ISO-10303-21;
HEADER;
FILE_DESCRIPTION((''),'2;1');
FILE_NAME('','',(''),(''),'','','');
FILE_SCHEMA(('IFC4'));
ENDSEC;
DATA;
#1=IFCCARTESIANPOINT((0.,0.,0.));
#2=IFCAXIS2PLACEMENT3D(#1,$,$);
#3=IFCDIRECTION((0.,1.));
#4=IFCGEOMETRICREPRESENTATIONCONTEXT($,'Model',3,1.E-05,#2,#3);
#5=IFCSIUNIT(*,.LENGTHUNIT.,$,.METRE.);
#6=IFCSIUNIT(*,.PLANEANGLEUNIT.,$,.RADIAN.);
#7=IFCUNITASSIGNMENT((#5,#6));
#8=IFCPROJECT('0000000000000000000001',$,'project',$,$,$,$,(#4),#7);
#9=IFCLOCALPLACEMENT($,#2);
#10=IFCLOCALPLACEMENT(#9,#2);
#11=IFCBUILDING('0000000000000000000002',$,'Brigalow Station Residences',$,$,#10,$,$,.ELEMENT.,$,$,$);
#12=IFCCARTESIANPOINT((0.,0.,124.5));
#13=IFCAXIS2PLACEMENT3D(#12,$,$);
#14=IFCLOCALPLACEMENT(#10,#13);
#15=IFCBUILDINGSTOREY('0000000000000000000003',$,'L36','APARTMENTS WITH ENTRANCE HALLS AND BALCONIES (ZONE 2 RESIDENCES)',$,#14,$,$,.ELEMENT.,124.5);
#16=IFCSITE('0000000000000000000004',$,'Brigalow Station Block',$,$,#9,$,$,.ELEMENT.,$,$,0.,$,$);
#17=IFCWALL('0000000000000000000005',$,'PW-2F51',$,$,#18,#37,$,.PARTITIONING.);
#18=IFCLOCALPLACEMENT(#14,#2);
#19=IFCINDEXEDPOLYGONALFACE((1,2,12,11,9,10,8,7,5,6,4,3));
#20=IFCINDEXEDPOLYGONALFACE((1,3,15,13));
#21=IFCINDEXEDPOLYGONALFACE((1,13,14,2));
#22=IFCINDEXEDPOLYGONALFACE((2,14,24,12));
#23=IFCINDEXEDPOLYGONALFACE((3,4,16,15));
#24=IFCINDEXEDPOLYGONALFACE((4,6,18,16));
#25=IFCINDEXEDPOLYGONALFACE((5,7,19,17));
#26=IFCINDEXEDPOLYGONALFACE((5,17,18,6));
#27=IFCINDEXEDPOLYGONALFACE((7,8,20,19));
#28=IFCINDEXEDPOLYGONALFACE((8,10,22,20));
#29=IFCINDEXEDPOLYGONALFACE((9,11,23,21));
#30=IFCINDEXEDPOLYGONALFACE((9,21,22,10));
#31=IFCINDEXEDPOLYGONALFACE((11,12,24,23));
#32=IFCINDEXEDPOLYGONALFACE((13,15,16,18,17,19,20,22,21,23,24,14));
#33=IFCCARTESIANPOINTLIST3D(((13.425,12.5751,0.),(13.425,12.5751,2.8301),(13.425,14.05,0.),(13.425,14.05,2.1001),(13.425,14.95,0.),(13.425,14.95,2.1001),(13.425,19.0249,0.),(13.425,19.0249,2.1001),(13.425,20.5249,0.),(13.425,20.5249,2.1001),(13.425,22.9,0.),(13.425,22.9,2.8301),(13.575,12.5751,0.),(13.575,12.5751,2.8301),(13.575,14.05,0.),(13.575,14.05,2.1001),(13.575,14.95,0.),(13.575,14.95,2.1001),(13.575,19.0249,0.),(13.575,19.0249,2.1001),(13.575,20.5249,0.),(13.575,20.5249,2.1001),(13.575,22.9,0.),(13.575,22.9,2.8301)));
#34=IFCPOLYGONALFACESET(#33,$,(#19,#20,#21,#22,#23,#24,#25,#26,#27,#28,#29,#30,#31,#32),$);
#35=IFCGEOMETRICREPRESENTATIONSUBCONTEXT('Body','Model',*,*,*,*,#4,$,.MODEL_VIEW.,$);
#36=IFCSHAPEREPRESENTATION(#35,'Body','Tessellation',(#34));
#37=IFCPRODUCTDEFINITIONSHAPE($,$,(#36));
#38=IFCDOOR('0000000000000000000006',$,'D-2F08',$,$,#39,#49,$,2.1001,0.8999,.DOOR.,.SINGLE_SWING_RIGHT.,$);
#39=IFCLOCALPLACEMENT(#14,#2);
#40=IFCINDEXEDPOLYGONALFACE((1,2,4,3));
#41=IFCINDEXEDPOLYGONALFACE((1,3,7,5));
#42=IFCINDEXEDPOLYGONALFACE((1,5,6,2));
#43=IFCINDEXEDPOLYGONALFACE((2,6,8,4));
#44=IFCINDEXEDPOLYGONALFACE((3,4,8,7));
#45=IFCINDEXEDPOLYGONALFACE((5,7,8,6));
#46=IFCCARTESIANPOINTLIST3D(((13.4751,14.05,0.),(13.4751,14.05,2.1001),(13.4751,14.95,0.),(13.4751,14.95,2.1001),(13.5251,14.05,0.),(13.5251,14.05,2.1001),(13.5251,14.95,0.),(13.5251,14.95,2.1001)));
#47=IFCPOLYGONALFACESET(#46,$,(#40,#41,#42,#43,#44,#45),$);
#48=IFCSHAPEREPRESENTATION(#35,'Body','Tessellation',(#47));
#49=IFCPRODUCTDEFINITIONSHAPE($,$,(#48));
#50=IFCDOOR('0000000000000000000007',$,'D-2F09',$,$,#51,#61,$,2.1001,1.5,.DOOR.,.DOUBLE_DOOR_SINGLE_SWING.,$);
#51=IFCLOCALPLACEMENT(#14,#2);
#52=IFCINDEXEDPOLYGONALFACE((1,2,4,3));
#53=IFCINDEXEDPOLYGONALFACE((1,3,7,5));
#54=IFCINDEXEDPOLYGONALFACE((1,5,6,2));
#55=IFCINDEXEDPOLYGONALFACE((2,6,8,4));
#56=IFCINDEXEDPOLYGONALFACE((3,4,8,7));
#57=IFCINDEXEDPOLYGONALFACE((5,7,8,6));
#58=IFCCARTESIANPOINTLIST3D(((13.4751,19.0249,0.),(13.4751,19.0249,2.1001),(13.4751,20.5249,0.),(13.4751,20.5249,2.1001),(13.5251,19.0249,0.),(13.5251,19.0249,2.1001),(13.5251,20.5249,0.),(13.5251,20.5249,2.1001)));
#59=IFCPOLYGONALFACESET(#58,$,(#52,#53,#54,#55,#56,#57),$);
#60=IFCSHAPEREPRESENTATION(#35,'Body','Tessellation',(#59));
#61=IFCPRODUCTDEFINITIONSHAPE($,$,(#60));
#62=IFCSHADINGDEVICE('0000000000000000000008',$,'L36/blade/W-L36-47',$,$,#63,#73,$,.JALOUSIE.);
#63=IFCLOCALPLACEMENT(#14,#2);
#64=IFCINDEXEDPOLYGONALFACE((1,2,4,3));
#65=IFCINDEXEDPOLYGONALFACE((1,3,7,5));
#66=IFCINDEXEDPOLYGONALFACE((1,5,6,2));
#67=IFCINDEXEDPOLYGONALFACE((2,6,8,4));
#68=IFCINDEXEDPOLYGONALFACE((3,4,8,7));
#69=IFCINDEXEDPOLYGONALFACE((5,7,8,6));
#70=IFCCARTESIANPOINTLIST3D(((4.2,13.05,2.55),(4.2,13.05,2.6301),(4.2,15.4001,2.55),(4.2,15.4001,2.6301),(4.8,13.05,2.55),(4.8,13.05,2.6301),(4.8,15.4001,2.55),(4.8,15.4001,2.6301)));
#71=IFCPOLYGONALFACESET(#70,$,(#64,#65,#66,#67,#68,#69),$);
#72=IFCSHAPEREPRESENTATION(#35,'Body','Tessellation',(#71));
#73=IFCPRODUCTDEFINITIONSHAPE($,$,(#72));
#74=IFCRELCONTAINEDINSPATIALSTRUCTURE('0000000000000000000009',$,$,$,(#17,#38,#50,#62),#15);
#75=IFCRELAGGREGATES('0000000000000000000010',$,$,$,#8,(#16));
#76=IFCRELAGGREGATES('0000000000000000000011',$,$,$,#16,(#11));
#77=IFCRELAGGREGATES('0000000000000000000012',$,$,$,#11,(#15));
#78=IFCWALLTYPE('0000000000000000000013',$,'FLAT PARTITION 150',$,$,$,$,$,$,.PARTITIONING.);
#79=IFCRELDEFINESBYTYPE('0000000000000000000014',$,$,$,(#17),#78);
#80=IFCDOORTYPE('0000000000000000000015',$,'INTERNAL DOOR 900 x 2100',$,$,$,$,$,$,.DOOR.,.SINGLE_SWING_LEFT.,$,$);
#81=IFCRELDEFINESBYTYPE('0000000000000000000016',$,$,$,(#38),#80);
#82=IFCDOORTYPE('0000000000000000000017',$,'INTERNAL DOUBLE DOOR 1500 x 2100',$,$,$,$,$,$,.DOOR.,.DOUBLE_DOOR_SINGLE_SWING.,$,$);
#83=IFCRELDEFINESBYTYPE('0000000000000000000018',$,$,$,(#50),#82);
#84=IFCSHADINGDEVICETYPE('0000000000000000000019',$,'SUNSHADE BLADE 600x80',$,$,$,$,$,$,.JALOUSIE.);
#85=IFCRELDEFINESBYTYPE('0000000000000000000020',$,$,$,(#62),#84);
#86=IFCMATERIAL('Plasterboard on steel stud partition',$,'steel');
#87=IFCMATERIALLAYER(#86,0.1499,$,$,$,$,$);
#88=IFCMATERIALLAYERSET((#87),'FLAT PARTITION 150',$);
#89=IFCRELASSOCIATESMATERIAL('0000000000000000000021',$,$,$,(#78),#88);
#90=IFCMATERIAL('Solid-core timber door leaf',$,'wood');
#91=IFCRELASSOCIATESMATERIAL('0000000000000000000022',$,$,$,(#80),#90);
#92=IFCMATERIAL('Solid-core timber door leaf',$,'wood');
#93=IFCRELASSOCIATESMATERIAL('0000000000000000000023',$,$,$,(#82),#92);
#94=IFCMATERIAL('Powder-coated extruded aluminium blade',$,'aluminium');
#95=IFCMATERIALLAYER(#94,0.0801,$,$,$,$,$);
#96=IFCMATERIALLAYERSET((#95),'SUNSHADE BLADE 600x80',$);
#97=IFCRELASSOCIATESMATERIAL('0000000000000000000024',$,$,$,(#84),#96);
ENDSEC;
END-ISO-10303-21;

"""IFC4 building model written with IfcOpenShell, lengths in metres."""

from ifc_helpers import new_model, si_unit, direction, frame, frame_2d, origin, origin_2d, place, context, subcontext, project, spatial, rectangle, extrude, material, layer, layer_set, type_object, element, fill, save


model = new_model("IFC4")

# Units and contexts
model_context = context("Model", 3, precision=1e-05, world=origin(), true_north=direction((0.0, 1.0)))
body_context = subcontext(model_context, "Body", "Model", "MODEL_VIEW")
ifc_project = project(units=[si_unit("LENGTHUNIT", "METRE"), si_unit("PLANEANGLEUNIT", "RADIAN")], contexts=[model_context])

# Site, building, storey
site_placement = place(None, origin())
site = spatial("IfcSite", under=ifc_project, at=site_placement, Name="Brigalow Station Block", CompositionType="ELEMENT", RefElevation=0.0)
building_placement = place(site_placement, origin())
building = spatial("IfcBuilding", under=site, at=building_placement, Name="Brigalow Station Residences", CompositionType="ELEMENT")
storey_placement = place(building_placement, frame((0.0, 0.0, 124.5)))
storey = spatial("IfcBuildingStorey", under=building, at=storey_placement, Name="L36", Description="APARTMENTS WITH ENTRANCE HALLS AND BALCONIES (ZONE 2 RESIDENCES)", CompositionType="ELEMENT", Elevation=124.5)

# Shared definitions
ifc_material_1 = material(Name="Plasterboard on steel stud partition", Category="steel")
ifc_layer_1 = layer(ifc_material_1, 0.1499)
ifc_layer_set_1 = layer_set([ifc_layer_1], Name="FLAT PARTITION 150")
wall_type_1 = type_object("IfcWallType", Name="FLAT PARTITION 150", PredefinedType="PARTITIONING", material=ifc_layer_set_1)

# Wall, openings, doors
wall_1_placement = place(storey_placement, frame((13.5, 12.575, 0.0), z_axis=(0.0, 0.0, 1.0), x_axis=(0.0, 1.0, 0.0)))
wall_1 = element("IfcWall", 1, at=wall_1_placement, inside=storey, type_object=wall_type_1, Name="PW-2F51", PredefinedType="PARTITIONING", context=body_context, shape_type="SweptSolid", body=[
    extrude(rectangle(XDim=10.325, YDim=0.1499, at=frame_2d((5.1626, 0.0))), origin(), (0.0, 0.0, 1.0), 2.8301),
])
opening_1_placement = place(wall_1_placement, frame((1.4751, 0.0, 0.0)))
opening_1 = element("IfcOpeningElement", 2, at=opening_1_placement, cuts=wall_1, PredefinedType="OPENING", context=body_context, shape_type="SweptSolid", body=[
    extrude(rectangle(XDim=0.8999, YDim=2.1001, at=frame_2d((0.45, 1.05))), frame((0.0, 0.085, 0.0), z_axis=(0.0, -1.0, 0.0), x_axis=(1.0, 0.0, 0.0)), (0.0, 0.0, 1.0), 0.1699),
])
opening_2_placement = place(wall_1_placement, frame((6.45, 0.0, 0.0)))
opening_2 = element("IfcOpeningElement", 3, at=opening_2_placement, cuts=wall_1, PredefinedType="OPENING", context=body_context, shape_type="SweptSolid", body=[
    extrude(rectangle(XDim=1.5, YDim=2.1001, at=frame_2d((0.75, 1.05))), frame((0.0, 0.085, 0.0), z_axis=(0.0, -1.0, 0.0), x_axis=(1.0, 0.0, 0.0)), (0.0, 0.0, 1.0), 0.1699),
])
ifc_material_2 = material(Name="Solid-core timber door leaf", Category="wood")
door_type_1 = type_object("IfcDoorType", Name="INTERNAL DOOR 900 x 2100", OperationType="SINGLE_SWING_LEFT", PredefinedType="DOOR", material=ifc_material_2)
door_1_placement = place(opening_1_placement, origin())
door_1 = element("IfcDoor", 4, at=door_1_placement, inside=storey, type_object=door_type_1, Name="D-2F08", OperationType="SINGLE_SWING_RIGHT", OverallHeight=2.1001, OverallWidth=0.8999, PredefinedType="DOOR", context=body_context, shape_type="SweptSolid", body=[
    extrude(rectangle(XDim=0.8999, YDim=2.1001, at=frame_2d((0.45, 1.05))), frame((0.0, 0.0249, 0.0), z_axis=(0.0, -1.0, 0.0), x_axis=(1.0, 0.0, 0.0)), (0.0, 0.0, 1.0), 0.05),
])
fill(opening_1, door_1)
ifc_material_3 = material(Name="Solid-core timber door leaf", Category="wood")
door_type_2 = type_object("IfcDoorType", Name="INTERNAL DOUBLE DOOR 1500 x 2100", OperationType="DOUBLE_DOOR_SINGLE_SWING", PredefinedType="DOOR", material=ifc_material_3)
door_2_placement = place(opening_2_placement, origin())
door_2 = element("IfcDoor", 5, at=door_2_placement, inside=storey, type_object=door_type_2, Name="D-2F09", OperationType="DOUBLE_DOOR_SINGLE_SWING", OverallHeight=2.1001, OverallWidth=1.5, PredefinedType="DOOR", context=body_context, shape_type="SweptSolid", body=[
    extrude(rectangle(XDim=1.5, YDim=2.1001, at=frame_2d((0.75, 1.05))), frame((0.0, 0.0249, 0.0), z_axis=(0.0, -1.0, 0.0), x_axis=(1.0, 0.0, 0.0)), (0.0, 0.0, 1.0), 0.05),
])
fill(opening_2, door_2)

# Shading device
ifc_material_4 = material(Name="Powder-coated extruded aluminium blade", Category="aluminium")
ifc_layer_2 = layer(ifc_material_4, 0.0801)
ifc_layer_set_2 = layer_set([ifc_layer_2], Name="SUNSHADE BLADE 600x80")
shading_device_type = type_object("IfcShadingDeviceType", Name="SUNSHADE BLADE 600x80", PredefinedType="JALOUSIE", material=ifc_layer_set_2)
shading_device_placement = place(storey_placement, frame((4.5, 14.2251, 2.55), z_axis=(0.0, 0.0, 1.0), x_axis=(0.0, -1.0, 0.0)))
element("IfcShadingDevice", 6, at=shading_device_placement, inside=storey, type_object=shading_device_type, Name="L36/blade/W-L36-47", PredefinedType="JALOUSIE", context=body_context, shape_type="SweptSolid", body=[
    extrude(rectangle(XDim=2.3501, YDim=0.6001, at=origin_2d()), origin(), (0.0, 0.0, 1.0), 0.0801),
])

save(model, "model.ifc")
